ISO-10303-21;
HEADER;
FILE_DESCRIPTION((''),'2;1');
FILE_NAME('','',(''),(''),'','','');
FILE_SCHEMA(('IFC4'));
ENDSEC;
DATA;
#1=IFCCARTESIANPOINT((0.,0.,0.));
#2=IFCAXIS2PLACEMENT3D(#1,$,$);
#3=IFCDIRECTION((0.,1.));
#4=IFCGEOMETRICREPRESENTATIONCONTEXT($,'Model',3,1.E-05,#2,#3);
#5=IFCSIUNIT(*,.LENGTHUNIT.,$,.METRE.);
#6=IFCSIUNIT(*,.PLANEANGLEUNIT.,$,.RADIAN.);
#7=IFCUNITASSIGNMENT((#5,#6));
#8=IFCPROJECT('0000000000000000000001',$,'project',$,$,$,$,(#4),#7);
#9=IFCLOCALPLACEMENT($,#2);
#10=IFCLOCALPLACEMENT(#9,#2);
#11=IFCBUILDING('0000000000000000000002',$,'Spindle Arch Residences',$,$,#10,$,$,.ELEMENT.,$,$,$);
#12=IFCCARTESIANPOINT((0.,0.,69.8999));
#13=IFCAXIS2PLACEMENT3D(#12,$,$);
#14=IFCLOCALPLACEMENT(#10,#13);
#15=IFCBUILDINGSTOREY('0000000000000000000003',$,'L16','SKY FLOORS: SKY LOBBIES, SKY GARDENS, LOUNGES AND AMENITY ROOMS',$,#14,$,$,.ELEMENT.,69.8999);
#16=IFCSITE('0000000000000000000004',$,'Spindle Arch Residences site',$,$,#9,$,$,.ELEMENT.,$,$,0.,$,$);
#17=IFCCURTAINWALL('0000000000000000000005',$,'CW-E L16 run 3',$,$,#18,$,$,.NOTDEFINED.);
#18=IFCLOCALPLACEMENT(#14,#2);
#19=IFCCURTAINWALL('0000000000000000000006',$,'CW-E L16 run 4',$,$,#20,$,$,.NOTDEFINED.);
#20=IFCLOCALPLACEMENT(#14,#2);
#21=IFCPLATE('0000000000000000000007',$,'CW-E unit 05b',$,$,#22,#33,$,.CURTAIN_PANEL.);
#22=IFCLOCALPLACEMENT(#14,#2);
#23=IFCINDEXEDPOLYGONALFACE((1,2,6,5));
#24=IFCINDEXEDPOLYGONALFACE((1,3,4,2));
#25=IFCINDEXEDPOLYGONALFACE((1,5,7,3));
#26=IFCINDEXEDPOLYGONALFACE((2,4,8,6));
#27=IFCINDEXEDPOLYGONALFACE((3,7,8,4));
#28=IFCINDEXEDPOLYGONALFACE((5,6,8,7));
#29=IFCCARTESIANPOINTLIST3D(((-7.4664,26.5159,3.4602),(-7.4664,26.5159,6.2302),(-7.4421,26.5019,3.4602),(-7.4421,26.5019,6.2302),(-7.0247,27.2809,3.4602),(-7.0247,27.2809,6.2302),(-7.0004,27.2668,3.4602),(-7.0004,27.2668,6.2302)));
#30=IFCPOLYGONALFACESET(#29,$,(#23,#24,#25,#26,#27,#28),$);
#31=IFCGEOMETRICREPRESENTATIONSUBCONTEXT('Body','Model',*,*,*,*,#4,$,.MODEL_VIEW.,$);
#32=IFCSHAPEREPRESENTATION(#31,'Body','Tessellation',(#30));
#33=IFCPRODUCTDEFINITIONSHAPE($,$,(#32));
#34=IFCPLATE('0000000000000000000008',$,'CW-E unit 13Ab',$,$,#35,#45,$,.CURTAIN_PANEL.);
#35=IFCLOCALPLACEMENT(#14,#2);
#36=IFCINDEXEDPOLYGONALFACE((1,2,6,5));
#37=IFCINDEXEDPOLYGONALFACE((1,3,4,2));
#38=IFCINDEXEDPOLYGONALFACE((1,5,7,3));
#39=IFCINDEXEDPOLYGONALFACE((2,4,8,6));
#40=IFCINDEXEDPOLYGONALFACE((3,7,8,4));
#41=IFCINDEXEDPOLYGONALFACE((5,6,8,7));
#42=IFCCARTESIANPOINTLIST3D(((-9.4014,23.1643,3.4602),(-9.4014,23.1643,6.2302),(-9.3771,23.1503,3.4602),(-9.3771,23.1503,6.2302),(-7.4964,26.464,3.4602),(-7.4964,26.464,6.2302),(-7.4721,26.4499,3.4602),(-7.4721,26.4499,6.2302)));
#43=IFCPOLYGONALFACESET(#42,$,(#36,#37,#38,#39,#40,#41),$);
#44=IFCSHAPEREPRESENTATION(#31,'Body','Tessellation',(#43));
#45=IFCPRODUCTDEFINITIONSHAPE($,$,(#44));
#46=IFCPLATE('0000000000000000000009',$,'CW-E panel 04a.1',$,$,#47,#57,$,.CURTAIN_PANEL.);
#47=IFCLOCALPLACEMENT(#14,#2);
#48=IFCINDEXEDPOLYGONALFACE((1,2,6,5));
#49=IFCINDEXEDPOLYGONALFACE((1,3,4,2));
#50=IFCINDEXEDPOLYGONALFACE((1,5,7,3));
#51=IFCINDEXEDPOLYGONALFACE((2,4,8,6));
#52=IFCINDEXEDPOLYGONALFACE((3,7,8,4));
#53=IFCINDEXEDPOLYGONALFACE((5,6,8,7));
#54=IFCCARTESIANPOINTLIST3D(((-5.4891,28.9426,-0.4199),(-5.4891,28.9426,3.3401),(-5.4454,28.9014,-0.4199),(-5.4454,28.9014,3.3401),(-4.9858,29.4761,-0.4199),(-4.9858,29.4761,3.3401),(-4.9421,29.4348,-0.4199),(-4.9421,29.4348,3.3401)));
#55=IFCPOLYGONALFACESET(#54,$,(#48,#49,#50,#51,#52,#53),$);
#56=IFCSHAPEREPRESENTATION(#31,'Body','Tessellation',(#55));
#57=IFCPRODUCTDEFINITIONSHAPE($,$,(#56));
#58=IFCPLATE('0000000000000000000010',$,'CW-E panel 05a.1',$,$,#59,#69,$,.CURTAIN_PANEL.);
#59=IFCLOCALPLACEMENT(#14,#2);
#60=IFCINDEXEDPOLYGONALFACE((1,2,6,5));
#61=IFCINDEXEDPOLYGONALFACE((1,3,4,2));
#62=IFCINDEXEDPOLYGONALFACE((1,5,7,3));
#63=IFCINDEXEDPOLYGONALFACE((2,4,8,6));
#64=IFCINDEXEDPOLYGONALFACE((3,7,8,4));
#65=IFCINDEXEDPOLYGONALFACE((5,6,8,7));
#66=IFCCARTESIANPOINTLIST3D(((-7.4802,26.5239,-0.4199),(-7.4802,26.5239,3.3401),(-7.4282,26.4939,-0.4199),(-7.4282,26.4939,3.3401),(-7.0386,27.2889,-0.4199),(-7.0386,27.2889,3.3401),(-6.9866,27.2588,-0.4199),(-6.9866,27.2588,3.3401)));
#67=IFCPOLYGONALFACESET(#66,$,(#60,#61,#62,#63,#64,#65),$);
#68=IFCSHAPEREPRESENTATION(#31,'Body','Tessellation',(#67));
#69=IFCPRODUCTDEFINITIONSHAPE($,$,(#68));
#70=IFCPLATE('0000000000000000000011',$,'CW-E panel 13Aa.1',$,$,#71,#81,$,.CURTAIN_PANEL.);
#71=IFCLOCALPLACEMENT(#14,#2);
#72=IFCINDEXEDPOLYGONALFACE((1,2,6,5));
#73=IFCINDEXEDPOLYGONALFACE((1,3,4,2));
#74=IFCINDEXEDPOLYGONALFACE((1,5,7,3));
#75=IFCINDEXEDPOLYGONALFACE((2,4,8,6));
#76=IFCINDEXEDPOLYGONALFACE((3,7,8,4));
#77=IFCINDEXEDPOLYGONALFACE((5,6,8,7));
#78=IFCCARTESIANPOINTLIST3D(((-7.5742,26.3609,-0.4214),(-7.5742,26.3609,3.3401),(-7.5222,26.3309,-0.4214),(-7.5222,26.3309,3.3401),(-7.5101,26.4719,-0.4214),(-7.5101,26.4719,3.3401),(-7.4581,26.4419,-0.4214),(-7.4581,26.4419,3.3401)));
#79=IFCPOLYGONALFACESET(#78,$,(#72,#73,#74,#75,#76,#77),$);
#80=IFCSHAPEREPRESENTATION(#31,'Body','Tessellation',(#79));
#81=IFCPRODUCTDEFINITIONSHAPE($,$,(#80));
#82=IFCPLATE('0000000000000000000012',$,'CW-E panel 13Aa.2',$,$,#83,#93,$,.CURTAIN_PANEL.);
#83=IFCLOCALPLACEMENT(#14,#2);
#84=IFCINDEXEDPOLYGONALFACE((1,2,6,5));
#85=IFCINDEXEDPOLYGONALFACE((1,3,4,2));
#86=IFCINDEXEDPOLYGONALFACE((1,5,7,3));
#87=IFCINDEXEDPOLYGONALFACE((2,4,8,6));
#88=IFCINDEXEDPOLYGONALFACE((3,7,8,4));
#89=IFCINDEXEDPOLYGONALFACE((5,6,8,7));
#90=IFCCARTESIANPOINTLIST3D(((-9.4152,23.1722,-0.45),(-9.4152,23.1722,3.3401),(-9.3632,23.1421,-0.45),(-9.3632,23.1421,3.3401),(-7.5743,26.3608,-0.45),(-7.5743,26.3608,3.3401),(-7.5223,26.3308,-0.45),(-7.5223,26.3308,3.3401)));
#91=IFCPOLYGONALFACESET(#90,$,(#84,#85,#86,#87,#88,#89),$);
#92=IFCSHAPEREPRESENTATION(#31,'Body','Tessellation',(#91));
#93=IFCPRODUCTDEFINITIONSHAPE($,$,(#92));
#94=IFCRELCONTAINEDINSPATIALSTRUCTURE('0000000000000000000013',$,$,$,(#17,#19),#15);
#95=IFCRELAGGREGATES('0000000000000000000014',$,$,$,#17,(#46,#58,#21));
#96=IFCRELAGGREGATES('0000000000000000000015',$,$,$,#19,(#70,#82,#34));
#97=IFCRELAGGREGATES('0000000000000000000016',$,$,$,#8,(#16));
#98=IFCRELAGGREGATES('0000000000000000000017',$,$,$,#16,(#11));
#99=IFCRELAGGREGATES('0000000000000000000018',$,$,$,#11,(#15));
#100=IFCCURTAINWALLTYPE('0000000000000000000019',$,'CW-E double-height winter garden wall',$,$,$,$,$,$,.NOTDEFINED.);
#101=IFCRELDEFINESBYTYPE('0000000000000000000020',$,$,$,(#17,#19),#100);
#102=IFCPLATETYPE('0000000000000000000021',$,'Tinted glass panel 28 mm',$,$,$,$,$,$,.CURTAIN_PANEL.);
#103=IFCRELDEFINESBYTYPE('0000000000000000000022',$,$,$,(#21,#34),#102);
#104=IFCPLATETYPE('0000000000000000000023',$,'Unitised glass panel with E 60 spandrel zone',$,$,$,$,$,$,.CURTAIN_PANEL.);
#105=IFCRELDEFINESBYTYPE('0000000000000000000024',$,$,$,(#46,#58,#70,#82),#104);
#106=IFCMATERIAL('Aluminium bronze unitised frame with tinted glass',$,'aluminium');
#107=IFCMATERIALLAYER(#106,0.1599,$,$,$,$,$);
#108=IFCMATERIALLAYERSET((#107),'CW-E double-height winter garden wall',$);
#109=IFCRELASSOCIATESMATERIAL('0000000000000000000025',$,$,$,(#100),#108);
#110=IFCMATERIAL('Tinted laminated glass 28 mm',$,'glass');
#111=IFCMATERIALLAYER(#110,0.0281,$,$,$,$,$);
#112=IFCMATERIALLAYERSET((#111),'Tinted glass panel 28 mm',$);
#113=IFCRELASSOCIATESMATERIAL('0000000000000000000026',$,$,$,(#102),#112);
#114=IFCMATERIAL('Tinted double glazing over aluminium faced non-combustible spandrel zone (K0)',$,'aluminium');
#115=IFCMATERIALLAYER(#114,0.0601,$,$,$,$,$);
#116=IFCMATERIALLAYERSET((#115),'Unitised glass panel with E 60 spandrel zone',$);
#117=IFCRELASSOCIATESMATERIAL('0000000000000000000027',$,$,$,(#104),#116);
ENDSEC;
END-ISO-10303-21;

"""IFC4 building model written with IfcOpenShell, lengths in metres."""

from ifc_helpers import new_model, si_unit, direction, frame, origin, origin_2d, place, context, subcontext, project, spatial, rectangle, extrude, material, layer, layer_set, type_object, element, aggregate, save


model = new_model("IFC4")

# Units and contexts
model_context = context("Model", 3, precision=1e-05, world=origin(), true_north=direction((0.0, 1.0)))
body_context = subcontext(model_context, "Body", "Model", "MODEL_VIEW")
ifc_project = project(units=[si_unit("LENGTHUNIT", "METRE"), si_unit("PLANEANGLEUNIT", "RADIAN")], contexts=[model_context])

# Site, building, storey
site_placement = place(None, origin())
site = spatial("IfcSite", under=ifc_project, at=site_placement, Name="Spindle Arch Residences site", CompositionType="ELEMENT", RefElevation=0.0)
building_placement = place(site_placement, origin())
building = spatial("IfcBuilding", under=site, at=building_placement, Name="Spindle Arch Residences", CompositionType="ELEMENT")
storey_placement = place(building_placement, frame((0.0, 0.0, 69.8999)))
storey = spatial("IfcBuildingStorey", under=building, at=storey_placement, Name="L16", Description="SKY FLOORS: SKY LOBBIES, SKY GARDENS, LOUNGES AND AMENITY ROOMS", CompositionType="ELEMENT", Elevation=69.8999)

# Curtain walls
ifc_material_1 = material(Name="Aluminium bronze unitised frame with tinted glass", Category="aluminium")
ifc_layer_1 = layer(ifc_material_1, 0.1599)
ifc_layer_set_1 = layer_set([ifc_layer_1], Name="CW-E double-height winter garden wall")
curtain_wall_type = type_object("IfcCurtainWallType", Name="CW-E double-height winter garden wall", PredefinedType="NOTDEFINED", material=ifc_layer_set_1)
curtain_wall_1_placement = place(storey_placement, origin())
curtain_wall_1 = element("IfcCurtainWall", 1, at=curtain_wall_1_placement, inside=storey, type_object=curtain_wall_type, Name="CW-E L16 run 3", PredefinedType="NOTDEFINED")
curtain_wall_2_placement = place(storey_placement, origin())
curtain_wall_2 = element("IfcCurtainWall", 2, at=curtain_wall_2_placement, inside=storey, type_object=curtain_wall_type, Name="CW-E L16 run 4", PredefinedType="NOTDEFINED")

# Plates
ifc_material_2 = material(Name="Tinted laminated glass 28 mm", Category="glass")
ifc_layer_2 = layer(ifc_material_2, 0.0281)
ifc_layer_set_2 = layer_set([ifc_layer_2], Name="Tinted glass panel 28 mm")
plate_type_1 = type_object("IfcPlateType", Name="Tinted glass panel 28 mm", PredefinedType="CURTAIN_PANEL", material=ifc_layer_set_2)
plate_1_placement = place(storey_placement, frame((-7.2334, 26.8914, 3.4602), z_axis=(0.0, 0.0, 1.0), x_axis=(-0.5, -0.866025, 0.0)))
plate_1 = element("IfcPlate", 3, at=plate_1_placement, type_object=plate_type_1, Name="CW-E unit 05b", PredefinedType="CURTAIN_PANEL", context=body_context, shape_type="SweptSolid", body=[
    extrude(rectangle(XDim=0.8833, YDim=0.0281, at=origin_2d()), origin(), (0.0, 0.0, 1.0), 2.77),
])
plate_2_placement = place(storey_placement, frame((-8.4368, 24.8071, 3.4602), z_axis=(0.0, 0.0, 1.0), x_axis=(-0.5, -0.866025, 0.0)))
plate_2 = element("IfcPlate", 4, at=plate_2_placement, type_object=plate_type_1, Name="CW-E unit 13Ab", PredefinedType="CURTAIN_PANEL", context=body_context, shape_type="SweptSolid", body=[
    extrude(rectangle(XDim=3.8101, YDim=0.0281, at=origin_2d()), origin(), (0.0, 0.0, 1.0), 2.77),
])
ifc_material_3 = material(Name="Tinted double glazing over aluminium faced non-combustible spandrel zone (K0)", Category="aluminium")
ifc_layer_3 = layer(ifc_material_3, 0.0601)
ifc_layer_set_3 = layer_set([ifc_layer_3], Name="Unitised glass panel with E 60 spandrel zone")
plate_type_2 = type_object("IfcPlateType", Name="Unitised glass panel with E 60 spandrel zone", PredefinedType="CURTAIN_PANEL", material=ifc_layer_set_3)
plate_3_placement = place(storey_placement, frame((-5.2156, 29.1887, -0.4199), z_axis=(0.0, 0.0, 1.0), x_axis=(-0.686242, -0.727374, 0.0)))
plate_3 = element("IfcPlate", 5, at=plate_3_placement, type_object=plate_type_2, Name="CW-E panel 04a.1", PredefinedType="CURTAIN_PANEL", context=body_context, shape_type="SweptSolid", body=[
    extrude(rectangle(XDim=0.7334, YDim=0.0601, at=origin_2d()), origin(), (0.0, 0.0, 1.0), 3.76),
])
plate_4_placement = place(storey_placement, frame((-7.2334, 26.8914, -0.4199), z_axis=(0.0, 0.0, 1.0), x_axis=(-0.5, -0.866025, 0.0)))
plate_4 = element("IfcPlate", 6, at=plate_4_placement, type_object=plate_type_2, Name="CW-E panel 05a.1", PredefinedType="CURTAIN_PANEL", context=body_context, shape_type="SweptSolid", body=[
    extrude(rectangle(XDim=0.8833, YDim=0.0601, at=origin_2d()), origin(), (0.0, 0.0, 1.0), 3.76),
])
aggregate(curtain_wall_1, [plate_3, plate_4, plate_1])
plate_5_placement = place(storey_placement, frame((-7.5161, 26.4014, -0.4214), z_axis=(0.0, 0.0, 1.0), x_axis=(-0.5, -0.866025, 0.0)))
plate_5 = element("IfcPlate", 7, at=plate_5_placement, type_object=plate_type_2, Name="CW-E panel 13Aa.1", PredefinedType="CURTAIN_PANEL", context=body_context, shape_type="SweptSolid", body=[
    extrude(rectangle(XDim=0.1282, YDim=0.0601, at=origin_2d()), origin(), (0.0, 0.0, 1.0), 3.7615),
])
plate_6_placement = place(storey_placement, frame((-8.4688, 24.7515, -0.45), z_axis=(0.0, 0.0, 1.0), x_axis=(-0.5, -0.866025, 0.0)))
plate_6 = element("IfcPlate", 8, at=plate_6_placement, type_object=plate_type_2, Name="CW-E panel 13Aa.2", PredefinedType="CURTAIN_PANEL", context=body_context, shape_type="SweptSolid", body=[
    extrude(rectangle(XDim=3.6819, YDim=0.0601, at=origin_2d()), origin(), (0.0, 0.0, 1.0), 3.79),
])
aggregate(curtain_wall_2, [plate_5, plate_6, plate_2])

save(model, "model.ifc")
